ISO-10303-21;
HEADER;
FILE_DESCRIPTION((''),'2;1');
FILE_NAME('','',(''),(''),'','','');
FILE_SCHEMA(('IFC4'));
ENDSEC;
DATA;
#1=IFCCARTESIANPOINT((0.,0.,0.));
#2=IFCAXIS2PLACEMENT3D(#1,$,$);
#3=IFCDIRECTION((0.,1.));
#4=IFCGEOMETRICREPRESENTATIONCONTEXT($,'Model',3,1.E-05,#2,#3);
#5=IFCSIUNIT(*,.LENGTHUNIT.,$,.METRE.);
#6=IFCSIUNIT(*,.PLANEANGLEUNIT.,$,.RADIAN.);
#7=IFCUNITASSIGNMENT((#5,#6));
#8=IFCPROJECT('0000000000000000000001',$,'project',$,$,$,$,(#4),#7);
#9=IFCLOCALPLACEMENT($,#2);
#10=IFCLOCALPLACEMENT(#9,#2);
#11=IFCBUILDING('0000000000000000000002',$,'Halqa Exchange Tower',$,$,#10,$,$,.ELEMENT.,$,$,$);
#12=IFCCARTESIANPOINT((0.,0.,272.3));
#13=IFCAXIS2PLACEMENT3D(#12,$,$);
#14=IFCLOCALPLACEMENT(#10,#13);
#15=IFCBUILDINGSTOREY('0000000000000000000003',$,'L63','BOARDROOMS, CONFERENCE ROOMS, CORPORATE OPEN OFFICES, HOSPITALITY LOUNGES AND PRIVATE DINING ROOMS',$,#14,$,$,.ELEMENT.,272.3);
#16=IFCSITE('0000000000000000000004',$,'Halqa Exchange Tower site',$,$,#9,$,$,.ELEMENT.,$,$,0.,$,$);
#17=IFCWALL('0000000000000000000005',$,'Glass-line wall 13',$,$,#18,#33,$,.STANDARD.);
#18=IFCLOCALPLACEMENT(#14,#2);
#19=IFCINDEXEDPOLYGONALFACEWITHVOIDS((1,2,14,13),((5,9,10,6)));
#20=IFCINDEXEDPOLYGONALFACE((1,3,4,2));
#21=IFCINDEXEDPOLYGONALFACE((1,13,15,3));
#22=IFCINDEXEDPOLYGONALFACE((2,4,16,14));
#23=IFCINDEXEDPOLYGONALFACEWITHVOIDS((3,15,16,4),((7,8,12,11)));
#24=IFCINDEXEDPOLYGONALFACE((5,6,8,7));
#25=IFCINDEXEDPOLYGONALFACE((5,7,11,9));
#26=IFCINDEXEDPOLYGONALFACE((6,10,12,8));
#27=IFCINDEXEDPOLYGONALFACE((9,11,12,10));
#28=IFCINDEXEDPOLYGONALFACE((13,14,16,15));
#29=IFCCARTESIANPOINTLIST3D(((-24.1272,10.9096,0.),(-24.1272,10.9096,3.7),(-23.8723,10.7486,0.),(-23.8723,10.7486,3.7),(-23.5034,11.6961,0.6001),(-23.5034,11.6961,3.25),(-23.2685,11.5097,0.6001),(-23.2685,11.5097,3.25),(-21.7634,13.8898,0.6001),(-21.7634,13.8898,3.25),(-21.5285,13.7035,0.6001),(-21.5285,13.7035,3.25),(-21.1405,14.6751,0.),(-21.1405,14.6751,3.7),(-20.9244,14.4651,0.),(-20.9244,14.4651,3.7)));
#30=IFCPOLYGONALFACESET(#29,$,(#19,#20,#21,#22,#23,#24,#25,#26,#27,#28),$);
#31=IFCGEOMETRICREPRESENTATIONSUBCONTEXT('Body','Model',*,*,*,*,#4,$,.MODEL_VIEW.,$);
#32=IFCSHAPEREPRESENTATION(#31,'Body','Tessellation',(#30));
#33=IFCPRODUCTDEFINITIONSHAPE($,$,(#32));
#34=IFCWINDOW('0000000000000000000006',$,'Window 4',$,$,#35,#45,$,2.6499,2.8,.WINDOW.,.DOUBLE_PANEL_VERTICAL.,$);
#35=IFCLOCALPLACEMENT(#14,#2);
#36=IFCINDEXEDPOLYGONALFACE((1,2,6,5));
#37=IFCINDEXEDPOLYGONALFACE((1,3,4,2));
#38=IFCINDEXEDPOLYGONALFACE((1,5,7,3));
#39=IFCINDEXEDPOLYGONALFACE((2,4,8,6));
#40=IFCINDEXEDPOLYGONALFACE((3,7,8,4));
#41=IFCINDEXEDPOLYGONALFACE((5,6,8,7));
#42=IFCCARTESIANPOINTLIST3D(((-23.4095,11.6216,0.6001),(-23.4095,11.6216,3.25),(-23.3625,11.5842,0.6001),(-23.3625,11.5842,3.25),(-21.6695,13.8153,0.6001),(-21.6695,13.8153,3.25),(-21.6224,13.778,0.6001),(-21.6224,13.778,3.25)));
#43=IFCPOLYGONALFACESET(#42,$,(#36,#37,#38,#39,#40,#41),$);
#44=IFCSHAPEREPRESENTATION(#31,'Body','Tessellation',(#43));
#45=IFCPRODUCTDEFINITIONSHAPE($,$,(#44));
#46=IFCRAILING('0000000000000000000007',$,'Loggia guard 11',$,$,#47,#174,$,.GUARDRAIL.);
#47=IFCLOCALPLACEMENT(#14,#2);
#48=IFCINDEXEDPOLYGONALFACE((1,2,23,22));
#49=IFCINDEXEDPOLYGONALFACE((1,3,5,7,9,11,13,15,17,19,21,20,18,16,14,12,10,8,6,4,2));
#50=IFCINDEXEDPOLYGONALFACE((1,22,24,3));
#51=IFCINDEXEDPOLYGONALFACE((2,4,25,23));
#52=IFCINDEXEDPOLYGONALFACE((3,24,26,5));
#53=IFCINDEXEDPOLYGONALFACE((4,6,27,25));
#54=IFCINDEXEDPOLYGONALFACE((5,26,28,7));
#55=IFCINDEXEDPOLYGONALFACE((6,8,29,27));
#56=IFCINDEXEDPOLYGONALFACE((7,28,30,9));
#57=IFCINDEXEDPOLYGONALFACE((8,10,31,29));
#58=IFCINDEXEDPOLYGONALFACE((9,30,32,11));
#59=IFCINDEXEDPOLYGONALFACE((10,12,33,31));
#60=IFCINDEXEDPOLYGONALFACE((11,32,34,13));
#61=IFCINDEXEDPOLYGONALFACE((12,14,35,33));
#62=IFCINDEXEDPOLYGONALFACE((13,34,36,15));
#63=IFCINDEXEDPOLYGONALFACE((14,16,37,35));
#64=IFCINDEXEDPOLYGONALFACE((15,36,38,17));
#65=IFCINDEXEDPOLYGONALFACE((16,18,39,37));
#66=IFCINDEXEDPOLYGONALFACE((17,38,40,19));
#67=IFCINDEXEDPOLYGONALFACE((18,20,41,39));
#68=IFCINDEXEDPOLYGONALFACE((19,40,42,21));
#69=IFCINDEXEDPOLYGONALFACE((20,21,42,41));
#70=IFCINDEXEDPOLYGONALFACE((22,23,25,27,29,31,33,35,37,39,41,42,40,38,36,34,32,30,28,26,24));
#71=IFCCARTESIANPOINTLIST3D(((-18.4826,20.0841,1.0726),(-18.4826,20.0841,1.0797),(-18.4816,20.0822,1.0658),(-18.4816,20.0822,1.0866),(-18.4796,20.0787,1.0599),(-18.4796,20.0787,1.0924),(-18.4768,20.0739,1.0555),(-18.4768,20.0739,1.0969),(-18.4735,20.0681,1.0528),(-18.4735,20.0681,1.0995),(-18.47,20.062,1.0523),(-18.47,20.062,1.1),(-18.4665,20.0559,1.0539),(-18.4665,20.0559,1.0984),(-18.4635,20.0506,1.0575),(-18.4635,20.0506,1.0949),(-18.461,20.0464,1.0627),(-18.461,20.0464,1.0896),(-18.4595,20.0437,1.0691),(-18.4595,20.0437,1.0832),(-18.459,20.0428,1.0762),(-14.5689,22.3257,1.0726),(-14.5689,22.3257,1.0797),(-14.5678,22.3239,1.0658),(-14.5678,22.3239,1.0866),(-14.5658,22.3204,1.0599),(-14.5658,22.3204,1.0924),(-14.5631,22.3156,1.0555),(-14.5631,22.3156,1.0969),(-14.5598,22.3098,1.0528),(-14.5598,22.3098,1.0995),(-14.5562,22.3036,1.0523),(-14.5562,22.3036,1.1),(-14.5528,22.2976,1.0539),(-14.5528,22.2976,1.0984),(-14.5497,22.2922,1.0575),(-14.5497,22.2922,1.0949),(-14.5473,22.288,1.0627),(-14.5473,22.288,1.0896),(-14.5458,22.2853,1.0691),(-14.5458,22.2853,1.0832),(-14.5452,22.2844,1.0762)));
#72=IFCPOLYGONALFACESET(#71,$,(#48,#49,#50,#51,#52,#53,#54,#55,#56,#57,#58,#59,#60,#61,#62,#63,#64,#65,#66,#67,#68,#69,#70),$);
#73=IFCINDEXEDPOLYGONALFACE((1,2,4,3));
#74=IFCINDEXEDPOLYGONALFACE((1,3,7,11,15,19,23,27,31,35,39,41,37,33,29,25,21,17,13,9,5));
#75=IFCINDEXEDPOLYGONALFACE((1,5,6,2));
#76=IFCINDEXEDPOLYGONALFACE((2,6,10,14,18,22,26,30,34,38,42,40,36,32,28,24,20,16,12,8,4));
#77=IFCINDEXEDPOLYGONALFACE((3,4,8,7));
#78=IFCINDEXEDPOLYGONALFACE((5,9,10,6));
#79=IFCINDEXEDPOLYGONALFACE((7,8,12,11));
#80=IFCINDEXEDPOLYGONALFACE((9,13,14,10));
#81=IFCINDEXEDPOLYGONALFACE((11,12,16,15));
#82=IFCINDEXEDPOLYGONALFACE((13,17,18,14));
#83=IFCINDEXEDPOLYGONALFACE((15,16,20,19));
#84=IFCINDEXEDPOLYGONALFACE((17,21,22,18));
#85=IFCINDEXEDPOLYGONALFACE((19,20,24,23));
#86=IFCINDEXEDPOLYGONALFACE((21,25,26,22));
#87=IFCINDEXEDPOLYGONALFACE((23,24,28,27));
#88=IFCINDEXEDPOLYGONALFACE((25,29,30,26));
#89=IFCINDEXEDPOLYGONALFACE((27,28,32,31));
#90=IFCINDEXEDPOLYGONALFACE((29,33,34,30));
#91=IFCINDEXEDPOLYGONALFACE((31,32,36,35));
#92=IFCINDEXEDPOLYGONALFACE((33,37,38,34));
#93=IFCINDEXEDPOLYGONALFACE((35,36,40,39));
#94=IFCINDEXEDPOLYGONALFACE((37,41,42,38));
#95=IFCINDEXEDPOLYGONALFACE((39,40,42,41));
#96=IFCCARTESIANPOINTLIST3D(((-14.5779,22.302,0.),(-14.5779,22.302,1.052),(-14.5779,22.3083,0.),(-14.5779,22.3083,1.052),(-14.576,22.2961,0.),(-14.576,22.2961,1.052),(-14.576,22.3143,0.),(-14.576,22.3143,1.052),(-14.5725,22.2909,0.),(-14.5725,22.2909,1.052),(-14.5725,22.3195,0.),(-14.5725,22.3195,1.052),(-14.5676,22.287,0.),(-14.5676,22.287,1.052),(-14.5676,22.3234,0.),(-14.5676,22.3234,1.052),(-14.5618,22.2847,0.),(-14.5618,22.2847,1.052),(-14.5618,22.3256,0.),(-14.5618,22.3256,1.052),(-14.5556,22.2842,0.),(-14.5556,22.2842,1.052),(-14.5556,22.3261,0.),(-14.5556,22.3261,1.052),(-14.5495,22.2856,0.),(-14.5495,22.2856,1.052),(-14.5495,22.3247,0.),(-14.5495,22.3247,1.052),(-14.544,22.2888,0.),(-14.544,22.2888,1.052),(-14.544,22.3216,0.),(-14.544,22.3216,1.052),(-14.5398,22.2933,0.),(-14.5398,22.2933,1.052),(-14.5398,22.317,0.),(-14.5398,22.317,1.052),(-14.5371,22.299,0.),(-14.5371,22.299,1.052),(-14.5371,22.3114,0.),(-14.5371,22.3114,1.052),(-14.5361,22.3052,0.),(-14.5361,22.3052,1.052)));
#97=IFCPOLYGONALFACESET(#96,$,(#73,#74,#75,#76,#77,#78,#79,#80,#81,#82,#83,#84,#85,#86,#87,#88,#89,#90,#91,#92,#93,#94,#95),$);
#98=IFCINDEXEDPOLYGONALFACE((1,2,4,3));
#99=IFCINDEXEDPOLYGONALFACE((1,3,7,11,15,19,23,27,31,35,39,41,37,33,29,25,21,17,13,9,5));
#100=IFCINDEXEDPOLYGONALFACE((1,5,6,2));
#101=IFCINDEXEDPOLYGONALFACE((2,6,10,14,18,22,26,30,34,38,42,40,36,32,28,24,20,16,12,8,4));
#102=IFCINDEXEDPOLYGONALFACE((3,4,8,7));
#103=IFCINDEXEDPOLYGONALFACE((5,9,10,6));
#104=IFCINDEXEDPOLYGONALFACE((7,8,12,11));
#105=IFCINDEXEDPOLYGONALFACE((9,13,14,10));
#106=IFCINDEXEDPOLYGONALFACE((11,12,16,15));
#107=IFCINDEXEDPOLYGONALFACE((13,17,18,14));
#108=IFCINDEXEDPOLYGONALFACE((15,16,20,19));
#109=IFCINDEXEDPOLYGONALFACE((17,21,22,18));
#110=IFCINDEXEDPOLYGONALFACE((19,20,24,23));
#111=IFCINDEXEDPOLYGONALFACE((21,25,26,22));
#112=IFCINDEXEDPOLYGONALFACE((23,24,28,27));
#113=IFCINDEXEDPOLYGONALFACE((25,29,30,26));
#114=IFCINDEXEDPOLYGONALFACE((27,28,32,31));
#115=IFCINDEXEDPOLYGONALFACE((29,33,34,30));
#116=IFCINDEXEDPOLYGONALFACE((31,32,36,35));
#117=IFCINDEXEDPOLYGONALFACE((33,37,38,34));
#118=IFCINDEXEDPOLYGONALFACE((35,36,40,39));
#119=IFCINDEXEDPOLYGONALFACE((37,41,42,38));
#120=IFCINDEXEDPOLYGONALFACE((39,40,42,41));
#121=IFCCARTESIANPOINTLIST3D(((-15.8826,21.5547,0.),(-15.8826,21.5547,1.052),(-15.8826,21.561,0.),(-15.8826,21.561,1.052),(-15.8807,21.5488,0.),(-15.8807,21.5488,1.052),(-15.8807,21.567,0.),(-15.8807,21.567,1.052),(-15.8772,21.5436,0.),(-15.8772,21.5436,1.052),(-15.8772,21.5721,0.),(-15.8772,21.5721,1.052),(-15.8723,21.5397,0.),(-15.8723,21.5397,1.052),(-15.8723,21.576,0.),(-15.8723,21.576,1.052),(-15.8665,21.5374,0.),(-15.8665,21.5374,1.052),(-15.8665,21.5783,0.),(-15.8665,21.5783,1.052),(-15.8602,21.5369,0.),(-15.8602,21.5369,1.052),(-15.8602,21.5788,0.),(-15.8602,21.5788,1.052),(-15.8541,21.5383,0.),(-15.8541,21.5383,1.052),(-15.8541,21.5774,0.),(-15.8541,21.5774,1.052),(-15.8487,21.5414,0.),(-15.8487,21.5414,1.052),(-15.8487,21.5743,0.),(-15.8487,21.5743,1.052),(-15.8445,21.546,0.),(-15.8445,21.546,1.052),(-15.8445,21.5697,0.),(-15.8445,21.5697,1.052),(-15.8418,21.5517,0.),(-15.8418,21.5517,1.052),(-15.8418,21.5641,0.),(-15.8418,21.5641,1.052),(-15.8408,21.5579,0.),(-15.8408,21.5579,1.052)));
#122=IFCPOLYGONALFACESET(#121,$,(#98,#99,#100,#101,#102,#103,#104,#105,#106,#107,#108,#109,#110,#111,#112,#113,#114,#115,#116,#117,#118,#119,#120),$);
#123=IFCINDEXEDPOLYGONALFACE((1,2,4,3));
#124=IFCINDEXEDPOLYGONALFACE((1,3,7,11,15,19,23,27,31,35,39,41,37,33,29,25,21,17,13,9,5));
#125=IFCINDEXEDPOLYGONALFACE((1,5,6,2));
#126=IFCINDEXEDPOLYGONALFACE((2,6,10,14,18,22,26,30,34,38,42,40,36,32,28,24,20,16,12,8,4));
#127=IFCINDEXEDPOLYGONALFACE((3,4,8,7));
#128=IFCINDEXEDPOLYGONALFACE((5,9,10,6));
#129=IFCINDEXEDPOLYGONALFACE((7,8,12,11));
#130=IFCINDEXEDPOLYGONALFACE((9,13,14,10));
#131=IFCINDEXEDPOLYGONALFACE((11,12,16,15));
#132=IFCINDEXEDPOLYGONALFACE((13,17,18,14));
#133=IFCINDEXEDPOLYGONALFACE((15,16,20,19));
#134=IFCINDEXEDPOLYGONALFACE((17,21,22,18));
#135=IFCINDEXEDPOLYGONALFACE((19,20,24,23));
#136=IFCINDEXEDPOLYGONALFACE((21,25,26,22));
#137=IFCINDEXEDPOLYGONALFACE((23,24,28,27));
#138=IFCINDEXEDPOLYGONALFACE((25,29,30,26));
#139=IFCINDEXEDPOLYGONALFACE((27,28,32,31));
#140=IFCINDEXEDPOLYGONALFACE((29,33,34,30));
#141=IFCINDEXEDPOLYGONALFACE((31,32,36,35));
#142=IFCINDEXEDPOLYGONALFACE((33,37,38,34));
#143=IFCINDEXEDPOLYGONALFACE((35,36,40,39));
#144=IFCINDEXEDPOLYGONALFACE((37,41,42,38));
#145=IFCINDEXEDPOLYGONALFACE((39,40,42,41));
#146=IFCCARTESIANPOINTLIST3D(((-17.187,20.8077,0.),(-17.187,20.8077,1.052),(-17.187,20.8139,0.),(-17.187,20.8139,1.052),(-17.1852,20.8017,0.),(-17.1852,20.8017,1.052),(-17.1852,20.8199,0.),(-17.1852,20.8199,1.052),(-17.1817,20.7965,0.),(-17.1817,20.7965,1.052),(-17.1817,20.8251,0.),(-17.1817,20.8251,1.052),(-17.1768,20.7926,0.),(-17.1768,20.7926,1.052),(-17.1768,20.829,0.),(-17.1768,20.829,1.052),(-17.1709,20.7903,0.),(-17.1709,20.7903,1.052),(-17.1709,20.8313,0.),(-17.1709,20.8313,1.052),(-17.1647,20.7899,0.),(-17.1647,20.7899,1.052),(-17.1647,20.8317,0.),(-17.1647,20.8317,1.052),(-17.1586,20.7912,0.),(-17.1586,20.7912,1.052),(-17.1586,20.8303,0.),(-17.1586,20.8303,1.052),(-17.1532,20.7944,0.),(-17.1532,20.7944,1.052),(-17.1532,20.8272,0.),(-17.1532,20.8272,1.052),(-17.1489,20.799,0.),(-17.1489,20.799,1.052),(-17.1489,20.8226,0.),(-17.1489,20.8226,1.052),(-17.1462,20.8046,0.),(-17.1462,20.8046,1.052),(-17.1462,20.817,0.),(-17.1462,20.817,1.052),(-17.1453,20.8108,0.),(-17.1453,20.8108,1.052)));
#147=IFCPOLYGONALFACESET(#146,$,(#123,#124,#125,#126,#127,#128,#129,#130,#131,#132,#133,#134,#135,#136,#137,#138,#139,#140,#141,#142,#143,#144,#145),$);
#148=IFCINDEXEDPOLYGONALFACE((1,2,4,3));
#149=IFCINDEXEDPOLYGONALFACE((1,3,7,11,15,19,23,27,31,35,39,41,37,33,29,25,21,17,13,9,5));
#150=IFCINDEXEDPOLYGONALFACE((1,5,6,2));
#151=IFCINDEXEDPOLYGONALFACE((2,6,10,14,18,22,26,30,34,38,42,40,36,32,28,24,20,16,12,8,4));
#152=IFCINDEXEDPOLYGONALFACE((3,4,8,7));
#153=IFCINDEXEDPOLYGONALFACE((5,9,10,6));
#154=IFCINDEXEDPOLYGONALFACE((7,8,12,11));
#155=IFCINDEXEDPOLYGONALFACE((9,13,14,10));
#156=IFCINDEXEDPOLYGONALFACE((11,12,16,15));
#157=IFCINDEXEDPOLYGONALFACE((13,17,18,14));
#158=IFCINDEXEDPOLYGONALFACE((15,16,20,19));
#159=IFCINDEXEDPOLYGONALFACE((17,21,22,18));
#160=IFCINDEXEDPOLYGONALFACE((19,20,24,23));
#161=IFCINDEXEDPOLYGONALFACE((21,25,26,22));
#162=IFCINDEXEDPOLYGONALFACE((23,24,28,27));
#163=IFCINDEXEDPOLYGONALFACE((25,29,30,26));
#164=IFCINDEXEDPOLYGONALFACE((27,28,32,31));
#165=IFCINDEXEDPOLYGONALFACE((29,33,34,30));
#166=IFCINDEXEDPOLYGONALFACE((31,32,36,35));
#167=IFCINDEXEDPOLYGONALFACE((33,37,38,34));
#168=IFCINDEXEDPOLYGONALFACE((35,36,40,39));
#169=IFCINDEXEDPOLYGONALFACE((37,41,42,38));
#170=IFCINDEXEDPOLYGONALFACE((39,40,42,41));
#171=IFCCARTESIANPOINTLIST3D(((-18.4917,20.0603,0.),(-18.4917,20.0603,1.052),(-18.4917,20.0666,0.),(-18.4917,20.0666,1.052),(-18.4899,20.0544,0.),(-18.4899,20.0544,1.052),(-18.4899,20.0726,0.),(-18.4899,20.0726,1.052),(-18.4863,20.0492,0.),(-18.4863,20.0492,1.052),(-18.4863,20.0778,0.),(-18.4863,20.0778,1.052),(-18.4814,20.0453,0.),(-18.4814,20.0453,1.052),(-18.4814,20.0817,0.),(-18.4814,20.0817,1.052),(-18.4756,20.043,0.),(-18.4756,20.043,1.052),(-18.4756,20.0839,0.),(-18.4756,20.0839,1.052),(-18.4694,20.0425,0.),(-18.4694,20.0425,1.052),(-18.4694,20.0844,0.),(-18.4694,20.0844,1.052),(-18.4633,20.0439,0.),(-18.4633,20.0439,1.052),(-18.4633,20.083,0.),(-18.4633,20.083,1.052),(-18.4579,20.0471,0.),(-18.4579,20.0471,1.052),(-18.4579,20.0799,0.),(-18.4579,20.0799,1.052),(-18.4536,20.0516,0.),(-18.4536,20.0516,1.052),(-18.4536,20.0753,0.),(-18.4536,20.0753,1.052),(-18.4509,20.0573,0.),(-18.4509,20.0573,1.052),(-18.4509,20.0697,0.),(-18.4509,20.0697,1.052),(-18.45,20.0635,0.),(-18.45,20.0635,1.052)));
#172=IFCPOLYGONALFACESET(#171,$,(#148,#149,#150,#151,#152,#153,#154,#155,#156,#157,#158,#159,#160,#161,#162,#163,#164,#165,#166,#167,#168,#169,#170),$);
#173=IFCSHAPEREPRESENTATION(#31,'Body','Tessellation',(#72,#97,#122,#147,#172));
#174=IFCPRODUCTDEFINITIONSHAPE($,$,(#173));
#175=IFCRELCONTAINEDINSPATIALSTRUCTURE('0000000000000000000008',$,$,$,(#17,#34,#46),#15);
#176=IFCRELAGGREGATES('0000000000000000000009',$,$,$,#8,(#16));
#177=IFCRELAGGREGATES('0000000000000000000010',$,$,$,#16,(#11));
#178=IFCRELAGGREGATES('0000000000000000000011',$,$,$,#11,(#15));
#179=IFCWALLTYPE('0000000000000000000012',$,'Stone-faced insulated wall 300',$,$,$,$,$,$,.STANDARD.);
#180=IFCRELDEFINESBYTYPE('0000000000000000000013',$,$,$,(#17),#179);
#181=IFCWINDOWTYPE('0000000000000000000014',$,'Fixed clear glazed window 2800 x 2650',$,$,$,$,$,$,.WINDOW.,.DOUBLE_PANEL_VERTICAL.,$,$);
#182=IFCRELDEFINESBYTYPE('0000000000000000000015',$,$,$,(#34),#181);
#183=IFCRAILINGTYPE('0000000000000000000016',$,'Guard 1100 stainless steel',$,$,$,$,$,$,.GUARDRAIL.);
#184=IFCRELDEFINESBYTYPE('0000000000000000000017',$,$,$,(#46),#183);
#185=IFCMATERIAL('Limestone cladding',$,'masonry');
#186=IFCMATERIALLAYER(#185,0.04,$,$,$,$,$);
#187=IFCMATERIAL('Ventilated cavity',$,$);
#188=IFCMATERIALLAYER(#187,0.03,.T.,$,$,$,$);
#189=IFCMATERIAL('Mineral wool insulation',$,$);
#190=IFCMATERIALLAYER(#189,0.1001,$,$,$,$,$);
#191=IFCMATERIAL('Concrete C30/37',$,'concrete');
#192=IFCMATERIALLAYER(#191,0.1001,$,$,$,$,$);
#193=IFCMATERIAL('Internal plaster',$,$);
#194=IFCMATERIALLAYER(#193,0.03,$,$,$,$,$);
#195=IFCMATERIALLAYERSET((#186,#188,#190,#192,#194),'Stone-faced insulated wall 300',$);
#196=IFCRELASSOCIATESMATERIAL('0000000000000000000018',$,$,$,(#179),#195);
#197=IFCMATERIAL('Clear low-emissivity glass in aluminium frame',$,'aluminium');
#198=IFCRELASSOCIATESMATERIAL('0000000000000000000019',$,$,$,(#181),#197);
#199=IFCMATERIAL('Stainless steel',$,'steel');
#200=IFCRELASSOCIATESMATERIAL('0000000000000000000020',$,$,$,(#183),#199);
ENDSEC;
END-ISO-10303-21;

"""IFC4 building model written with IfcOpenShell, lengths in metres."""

from ifc_helpers import new_model, si_unit, direction, frame, frame_2d, origin, origin_2d, place, context, subcontext, project, spatial, polyline, rectangle, circle, outline, extrude, material, layer, layer_set, type_object, element, fill, save


model = new_model("IFC4")

# Units and contexts
model_context = context("Model", 3, precision=1e-05, world=origin(), true_north=direction((0.0, 1.0)))
body_context = subcontext(model_context, "Body", "Model", "MODEL_VIEW")
ifc_project = project(units=[si_unit("LENGTHUNIT", "METRE"), si_unit("PLANEANGLEUNIT", "RADIAN")], contexts=[model_context])

# Site, building, storey
site_placement = place(None, origin())
site = spatial("IfcSite", under=ifc_project, at=site_placement, Name="Halqa Exchange Tower site", CompositionType="ELEMENT", RefElevation=0.0)
building_placement = place(site_placement, origin())
building = spatial("IfcBuilding", under=site, at=building_placement, Name="Halqa Exchange Tower", CompositionType="ELEMENT")
storey_placement = place(building_placement, frame((0.0, 0.0, 272.3)))
storey = spatial("IfcBuildingStorey", under=building, at=storey_placement, Name="L63", Description="BOARDROOMS, CONFERENCE ROOMS, CORPORATE OPEN OFFICES, HOSPITALITY LOUNGES AND PRIVATE DINING ROOMS", CompositionType="ELEMENT", Elevation=272.3)

# Shared definitions
ifc_material_1 = material(Name="Limestone cladding", Category="masonry")
ifc_layer_1 = layer(ifc_material_1, 0.04)
ifc_material_2 = material(Name="Ventilated cavity")
ifc_layer_2 = layer(ifc_material_2, 0.03, ventilated=True)
ifc_material_3 = material(Name="Mineral wool insulation")
ifc_layer_3 = layer(ifc_material_3, 0.1001)
ifc_material_4 = material(Name="Concrete C30/37", Category="concrete")
ifc_layer_4 = layer(ifc_material_4, 0.1001)
ifc_material_5 = material(Name="Internal plaster")
ifc_layer_5 = layer(ifc_material_5, 0.03)
ifc_layer_set_1 = layer_set([ifc_layer_1, ifc_layer_2, ifc_layer_3, ifc_layer_4, ifc_layer_5], Name="Stone-faced insulated wall 300")
wall_type_1 = type_object("IfcWallType", Name="Stone-faced insulated wall 300", PredefinedType="STANDARD", material=ifc_layer_set_1)
ifc_material_6 = material(Name="Clear low-emissivity glass in aluminium frame", Category="aluminium")
window_type = type_object("IfcWindowType", Name="Fixed clear glazed window 2800 x 2650", PartitioningType="DOUBLE_PANEL_VERTICAL", PredefinedType="WINDOW", material=ifc_material_6)

# Wall, opening, window
wall_1_placement = place(storey_placement, frame((-21.0325, 14.5701, 0.0), z_axis=(0.0, 0.0, 1.0), x_axis=(-0.621435, -0.783466, 0.0)))
wall_1 = element("IfcWall", 1, at=wall_1_placement, inside=storey, type_object=wall_type_1, Name="Glass-line wall 13", PredefinedType="STANDARD", context=body_context, shape_type="SweptSolid", body=[
    extrude(outline(polyline([(-0.0151, -0.1499), (4.791, -0.1499), (4.7588, 0.1499), (0.0151, 0.1499), (-0.0151, -0.1499)])), origin(), (0.0, 0.0, 1.0), 3.7),
])
opening_1_placement = place(wall_1_placement, frame((0.9873, 0.0, 0.6001)))
opening_1 = element("IfcOpeningElement", 2, at=opening_1_placement, cuts=wall_1, PredefinedType="OPENING", context=body_context, shape_type="SweptSolid", body=[
    extrude(rectangle(XDim=2.8, YDim=2.6499, at=frame_2d((1.3999, 1.325))), frame((0.0, 0.1621, 0.0), z_axis=(0.0, -1.0, 0.0), x_axis=(1.0, 0.0, 0.0)), (0.0, 0.0, 1.0), 0.324),
])
window_1_placement = place(opening_1_placement, origin())
window_1 = element("IfcWindow", 3, at=window_1_placement, inside=storey, type_object=window_type, Name="Window 4", OverallHeight=2.6499, OverallWidth=2.8, PartitioningType="DOUBLE_PANEL_VERTICAL", PredefinedType="WINDOW", context=body_context, shape_type="SweptSolid", body=[
    extrude(rectangle(XDim=2.8, YDim=2.6499, at=frame_2d((1.3999, 1.325))), frame((0.0, 0.03, 0.0), z_axis=(0.0, -1.0, 0.0), x_axis=(1.0, 0.0, 0.0)), (0.0, 0.0, 1.0), 0.0601),
])
fill(opening_1, window_1)

# Railing
ifc_material_7 = material(Name="Stainless steel", Category="steel")
railing_type = type_object("IfcRailingType", Name="Guard 1100 stainless steel", PredefinedType="GUARDRAIL", material=ifc_material_7)
railing_1_placement = place(storey_placement, frame((-14.5571, 22.3052, 0.0)))
element("IfcRailing", 4, at=railing_1_placement, inside=storey, type_object=railing_type, Name="Loggia guard 11", PredefinedType="GUARDRAIL", context=body_context, shape_type="SweptSolid", body=[
    extrude(circle(Radius=0.0239, at=origin_2d()), frame((0.0, 0.0, 1.0762), z_axis=(-0.867743, -0.497013, 0.0), x_axis=(0.497013, -0.867743, 0.0)), (0.0, 0.0, 1.0), 4.5103),
    extrude(circle(Radius=0.021, at=origin_2d()), origin(), (0.0, 0.0, 1.0), 1.052),
    extrude(circle(Radius=0.021, at=origin_2d()), frame((-1.3047, -0.7473, 0.0)), (0.0, 0.0, 1.0), 1.052),
    extrude(circle(Radius=0.021, at=origin_2d()), frame((-2.6091, -1.4944, 0.0)), (0.0, 0.0, 1.0), 1.052),
    extrude(circle(Radius=0.021, at=origin_2d()), frame((-3.9138, -2.2417, 0.0)), (0.0, 0.0, 1.0), 1.052),
])

save(model, "model.ifc")
